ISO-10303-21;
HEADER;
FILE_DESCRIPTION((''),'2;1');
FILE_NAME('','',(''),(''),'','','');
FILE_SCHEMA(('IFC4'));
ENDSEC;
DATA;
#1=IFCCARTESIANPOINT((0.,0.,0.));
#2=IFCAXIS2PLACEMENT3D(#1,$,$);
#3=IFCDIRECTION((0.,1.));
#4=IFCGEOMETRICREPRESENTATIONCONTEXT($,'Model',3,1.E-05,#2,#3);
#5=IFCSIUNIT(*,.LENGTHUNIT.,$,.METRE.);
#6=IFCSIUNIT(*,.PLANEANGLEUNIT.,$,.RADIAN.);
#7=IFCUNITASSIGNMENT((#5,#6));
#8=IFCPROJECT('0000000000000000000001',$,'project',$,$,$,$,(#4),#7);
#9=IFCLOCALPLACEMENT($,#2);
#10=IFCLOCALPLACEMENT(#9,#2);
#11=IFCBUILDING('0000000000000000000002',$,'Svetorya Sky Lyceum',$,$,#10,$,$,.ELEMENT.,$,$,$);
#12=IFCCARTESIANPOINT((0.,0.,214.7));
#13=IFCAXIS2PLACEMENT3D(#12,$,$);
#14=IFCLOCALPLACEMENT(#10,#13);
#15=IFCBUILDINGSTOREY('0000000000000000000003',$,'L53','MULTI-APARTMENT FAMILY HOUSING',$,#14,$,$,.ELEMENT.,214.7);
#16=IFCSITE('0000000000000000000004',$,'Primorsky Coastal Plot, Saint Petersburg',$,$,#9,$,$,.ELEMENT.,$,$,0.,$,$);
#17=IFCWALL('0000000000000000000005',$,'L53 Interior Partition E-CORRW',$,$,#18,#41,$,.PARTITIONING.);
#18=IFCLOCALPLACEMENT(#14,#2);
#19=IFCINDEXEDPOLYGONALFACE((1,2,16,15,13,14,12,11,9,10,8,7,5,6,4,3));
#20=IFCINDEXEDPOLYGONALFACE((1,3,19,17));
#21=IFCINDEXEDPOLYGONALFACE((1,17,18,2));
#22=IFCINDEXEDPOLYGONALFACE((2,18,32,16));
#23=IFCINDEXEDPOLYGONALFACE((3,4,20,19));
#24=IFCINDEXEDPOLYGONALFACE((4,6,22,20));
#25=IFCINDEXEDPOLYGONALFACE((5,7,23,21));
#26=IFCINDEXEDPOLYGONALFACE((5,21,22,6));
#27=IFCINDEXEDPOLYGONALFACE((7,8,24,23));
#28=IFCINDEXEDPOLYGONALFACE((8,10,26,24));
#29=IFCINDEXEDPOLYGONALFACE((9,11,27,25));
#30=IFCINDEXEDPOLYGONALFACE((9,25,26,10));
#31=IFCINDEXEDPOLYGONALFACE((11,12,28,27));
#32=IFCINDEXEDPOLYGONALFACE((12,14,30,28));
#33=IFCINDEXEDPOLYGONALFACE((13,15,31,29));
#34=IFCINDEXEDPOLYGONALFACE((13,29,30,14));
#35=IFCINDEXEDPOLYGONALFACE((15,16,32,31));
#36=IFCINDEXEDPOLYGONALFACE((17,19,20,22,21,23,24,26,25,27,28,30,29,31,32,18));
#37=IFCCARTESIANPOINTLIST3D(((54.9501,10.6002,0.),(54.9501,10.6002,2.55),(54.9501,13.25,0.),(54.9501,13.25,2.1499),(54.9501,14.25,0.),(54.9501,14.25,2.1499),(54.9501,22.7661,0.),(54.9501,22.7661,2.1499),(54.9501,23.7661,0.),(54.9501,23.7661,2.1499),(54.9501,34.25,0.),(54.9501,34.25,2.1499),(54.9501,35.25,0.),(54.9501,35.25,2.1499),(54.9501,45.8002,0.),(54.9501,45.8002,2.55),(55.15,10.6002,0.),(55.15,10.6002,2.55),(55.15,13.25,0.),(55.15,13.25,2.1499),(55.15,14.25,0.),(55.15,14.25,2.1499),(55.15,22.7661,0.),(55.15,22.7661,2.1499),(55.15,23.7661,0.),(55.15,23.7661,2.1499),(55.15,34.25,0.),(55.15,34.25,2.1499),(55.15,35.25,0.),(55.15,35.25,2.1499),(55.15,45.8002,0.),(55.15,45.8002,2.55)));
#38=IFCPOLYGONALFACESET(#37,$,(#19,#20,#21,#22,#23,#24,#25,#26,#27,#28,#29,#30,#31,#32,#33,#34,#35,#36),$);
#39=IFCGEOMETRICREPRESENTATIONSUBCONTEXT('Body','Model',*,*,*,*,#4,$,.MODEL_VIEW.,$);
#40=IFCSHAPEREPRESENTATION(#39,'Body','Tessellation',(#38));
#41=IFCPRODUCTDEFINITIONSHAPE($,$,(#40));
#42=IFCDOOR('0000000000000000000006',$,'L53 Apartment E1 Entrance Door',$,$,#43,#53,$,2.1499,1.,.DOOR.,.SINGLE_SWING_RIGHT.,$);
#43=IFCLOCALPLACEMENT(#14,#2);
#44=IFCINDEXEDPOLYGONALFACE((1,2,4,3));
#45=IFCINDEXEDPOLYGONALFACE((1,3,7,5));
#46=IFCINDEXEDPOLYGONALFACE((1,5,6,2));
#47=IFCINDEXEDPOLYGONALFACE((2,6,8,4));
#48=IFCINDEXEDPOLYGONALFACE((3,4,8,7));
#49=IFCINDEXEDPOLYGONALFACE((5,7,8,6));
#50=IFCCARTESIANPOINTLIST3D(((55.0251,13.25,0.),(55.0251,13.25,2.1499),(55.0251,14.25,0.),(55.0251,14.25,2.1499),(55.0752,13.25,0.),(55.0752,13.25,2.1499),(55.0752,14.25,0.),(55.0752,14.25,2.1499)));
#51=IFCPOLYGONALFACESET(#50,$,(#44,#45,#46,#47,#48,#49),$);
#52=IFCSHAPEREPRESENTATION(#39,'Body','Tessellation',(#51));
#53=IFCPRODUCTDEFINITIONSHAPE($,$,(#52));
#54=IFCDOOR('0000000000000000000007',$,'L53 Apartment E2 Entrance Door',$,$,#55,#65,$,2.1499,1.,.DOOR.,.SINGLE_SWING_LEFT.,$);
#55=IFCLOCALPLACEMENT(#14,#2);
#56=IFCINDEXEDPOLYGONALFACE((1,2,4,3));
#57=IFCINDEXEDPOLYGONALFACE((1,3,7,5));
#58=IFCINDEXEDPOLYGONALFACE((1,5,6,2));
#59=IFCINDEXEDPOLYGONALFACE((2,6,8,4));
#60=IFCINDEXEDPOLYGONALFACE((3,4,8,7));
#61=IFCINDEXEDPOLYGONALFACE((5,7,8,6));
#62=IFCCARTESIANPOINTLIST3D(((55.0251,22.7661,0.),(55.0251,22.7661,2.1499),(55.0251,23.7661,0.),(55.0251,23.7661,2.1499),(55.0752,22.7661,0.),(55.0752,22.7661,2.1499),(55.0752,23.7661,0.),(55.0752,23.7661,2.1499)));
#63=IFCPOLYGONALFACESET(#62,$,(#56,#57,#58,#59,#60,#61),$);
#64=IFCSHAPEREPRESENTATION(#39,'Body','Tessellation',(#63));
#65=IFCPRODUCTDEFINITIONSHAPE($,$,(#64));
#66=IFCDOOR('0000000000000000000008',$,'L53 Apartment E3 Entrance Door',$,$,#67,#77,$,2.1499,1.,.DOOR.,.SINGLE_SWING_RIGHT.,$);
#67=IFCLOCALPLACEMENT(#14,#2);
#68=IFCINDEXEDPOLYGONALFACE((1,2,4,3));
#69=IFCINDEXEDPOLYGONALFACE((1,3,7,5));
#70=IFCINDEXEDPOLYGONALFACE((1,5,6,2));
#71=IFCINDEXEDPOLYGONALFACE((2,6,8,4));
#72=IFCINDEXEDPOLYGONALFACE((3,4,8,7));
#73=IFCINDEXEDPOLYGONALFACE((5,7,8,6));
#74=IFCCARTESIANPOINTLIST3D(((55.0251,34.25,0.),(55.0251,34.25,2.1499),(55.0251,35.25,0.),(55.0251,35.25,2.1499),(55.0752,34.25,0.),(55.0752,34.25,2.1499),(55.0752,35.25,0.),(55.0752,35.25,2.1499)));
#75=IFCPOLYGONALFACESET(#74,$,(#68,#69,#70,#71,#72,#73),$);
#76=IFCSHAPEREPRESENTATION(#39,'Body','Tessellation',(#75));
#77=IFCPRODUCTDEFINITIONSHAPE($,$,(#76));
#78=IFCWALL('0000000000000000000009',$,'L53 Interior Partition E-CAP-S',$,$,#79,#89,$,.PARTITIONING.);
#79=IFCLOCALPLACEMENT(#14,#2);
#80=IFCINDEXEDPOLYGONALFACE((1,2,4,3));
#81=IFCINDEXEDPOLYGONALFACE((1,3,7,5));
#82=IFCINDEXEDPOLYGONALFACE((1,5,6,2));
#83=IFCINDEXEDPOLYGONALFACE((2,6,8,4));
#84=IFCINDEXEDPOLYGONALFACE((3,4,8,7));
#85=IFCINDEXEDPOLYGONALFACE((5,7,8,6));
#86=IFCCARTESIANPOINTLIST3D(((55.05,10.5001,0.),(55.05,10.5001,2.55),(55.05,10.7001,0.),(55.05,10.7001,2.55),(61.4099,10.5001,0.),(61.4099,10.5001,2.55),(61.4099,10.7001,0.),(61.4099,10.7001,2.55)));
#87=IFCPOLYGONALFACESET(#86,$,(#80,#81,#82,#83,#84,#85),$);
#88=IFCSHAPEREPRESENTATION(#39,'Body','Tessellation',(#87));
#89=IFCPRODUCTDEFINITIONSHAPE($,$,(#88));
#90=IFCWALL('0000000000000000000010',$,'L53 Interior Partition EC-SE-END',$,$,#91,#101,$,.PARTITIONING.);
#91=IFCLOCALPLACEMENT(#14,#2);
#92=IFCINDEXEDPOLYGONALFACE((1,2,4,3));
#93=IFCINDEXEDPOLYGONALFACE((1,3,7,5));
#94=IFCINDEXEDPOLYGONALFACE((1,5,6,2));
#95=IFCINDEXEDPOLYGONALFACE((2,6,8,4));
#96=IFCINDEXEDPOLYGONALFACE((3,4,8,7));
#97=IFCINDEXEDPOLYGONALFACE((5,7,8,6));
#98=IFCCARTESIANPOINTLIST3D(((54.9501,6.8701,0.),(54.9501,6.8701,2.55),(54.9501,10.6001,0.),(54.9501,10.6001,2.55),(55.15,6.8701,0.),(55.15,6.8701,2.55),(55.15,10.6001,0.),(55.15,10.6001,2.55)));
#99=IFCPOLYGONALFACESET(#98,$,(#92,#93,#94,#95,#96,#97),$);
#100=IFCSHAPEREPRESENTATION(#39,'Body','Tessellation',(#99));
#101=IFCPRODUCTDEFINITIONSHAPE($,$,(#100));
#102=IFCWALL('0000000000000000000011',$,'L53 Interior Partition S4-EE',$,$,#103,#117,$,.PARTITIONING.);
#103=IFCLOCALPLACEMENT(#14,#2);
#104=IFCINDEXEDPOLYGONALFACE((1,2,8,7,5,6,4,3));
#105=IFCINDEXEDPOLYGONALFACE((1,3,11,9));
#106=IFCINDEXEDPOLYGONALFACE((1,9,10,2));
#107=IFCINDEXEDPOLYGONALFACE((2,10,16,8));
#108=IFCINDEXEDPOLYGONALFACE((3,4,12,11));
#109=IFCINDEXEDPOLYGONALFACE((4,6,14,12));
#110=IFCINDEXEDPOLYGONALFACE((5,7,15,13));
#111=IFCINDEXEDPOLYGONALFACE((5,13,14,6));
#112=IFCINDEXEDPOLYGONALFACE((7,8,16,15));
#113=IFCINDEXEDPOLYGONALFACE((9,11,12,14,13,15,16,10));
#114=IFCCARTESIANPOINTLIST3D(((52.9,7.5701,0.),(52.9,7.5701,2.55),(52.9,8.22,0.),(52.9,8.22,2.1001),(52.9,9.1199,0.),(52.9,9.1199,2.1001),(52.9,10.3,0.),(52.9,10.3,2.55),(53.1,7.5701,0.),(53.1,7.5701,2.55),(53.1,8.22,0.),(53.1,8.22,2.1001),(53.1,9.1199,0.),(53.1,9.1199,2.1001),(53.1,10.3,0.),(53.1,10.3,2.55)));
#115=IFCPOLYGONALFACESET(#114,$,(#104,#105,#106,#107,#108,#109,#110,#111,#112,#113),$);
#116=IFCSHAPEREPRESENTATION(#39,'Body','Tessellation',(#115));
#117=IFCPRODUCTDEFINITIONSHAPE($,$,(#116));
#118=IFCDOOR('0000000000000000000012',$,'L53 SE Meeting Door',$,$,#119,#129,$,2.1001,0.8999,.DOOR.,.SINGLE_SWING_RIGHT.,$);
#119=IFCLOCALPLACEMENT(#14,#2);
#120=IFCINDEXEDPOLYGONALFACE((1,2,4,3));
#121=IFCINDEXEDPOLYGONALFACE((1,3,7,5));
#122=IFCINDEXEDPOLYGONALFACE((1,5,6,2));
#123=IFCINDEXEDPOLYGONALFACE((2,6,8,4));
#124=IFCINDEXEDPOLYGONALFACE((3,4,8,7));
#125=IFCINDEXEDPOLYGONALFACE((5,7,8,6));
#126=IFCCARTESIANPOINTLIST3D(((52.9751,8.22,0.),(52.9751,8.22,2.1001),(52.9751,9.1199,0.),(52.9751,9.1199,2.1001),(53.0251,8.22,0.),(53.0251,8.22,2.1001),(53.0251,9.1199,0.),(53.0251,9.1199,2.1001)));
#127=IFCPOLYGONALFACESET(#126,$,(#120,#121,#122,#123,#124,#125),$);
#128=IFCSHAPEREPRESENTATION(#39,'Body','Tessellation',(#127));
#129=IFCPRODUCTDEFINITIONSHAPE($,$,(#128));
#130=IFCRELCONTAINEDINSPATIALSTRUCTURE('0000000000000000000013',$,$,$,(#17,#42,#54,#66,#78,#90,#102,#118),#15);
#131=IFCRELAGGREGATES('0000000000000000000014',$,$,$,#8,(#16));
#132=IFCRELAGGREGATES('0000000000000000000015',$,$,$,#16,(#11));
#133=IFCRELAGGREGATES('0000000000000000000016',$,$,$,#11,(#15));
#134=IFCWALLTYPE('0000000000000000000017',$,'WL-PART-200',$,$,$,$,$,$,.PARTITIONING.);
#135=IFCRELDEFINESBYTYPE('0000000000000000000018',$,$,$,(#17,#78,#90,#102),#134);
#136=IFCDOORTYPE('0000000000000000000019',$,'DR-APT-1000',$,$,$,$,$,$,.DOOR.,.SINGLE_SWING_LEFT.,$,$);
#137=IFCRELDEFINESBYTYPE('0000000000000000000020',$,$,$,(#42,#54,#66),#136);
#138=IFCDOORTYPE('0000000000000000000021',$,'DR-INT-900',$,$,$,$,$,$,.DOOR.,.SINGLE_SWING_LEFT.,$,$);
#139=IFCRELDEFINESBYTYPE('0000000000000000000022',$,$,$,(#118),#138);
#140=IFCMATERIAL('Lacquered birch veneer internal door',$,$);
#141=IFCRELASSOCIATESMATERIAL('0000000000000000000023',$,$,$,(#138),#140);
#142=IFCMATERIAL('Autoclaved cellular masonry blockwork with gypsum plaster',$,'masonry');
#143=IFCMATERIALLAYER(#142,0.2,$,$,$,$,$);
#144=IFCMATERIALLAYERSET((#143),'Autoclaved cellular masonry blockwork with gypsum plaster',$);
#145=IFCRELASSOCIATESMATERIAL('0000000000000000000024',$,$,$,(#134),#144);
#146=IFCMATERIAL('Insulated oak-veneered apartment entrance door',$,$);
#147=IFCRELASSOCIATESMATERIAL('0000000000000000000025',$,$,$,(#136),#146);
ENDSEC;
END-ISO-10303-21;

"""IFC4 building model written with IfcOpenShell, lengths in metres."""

from ifc_helpers import new_model, si_unit, direction, frame, frame_2d, origin, place, context, subcontext, project, spatial, rectangle, extrude, material, layer, layer_set, type_object, element, fill, save


model = new_model("IFC4")

# Units and contexts
model_context = context("Model", 3, precision=1e-05, world=origin(), true_north=direction((0.0, 1.0)))
body_context = subcontext(model_context, "Body", "Model", "MODEL_VIEW")
ifc_project = project(units=[si_unit("LENGTHUNIT", "METRE"), si_unit("PLANEANGLEUNIT", "RADIAN")], contexts=[model_context])

# Site, building, storey
site_placement = place(None, origin())
site = spatial("IfcSite", under=ifc_project, at=site_placement, Name="Primorsky Coastal Plot, Saint Petersburg", CompositionType="ELEMENT", RefElevation=0.0)
building_placement = place(site_placement, origin())
building = spatial("IfcBuilding", under=site, at=building_placement, Name="Svetorya Sky Lyceum", CompositionType="ELEMENT")
storey_placement = place(building_placement, frame((0.0, 0.0, 214.7)))
storey = spatial("IfcBuildingStorey", under=building, at=storey_placement, Name="L53", Description="MULTI-APARTMENT FAMILY HOUSING", CompositionType="ELEMENT", Elevation=214.7)

# Shared definitions
ifc_material_1 = material(Name="Lacquered birch veneer internal door")
door_type_1 = type_object("IfcDoorType", Name="DR-INT-900", OperationType="SINGLE_SWING_LEFT", PredefinedType="DOOR", material=ifc_material_1)

# Wall, openings, doors
ifc_material_2 = material(Name="Autoclaved cellular masonry blockwork with gypsum plaster", Category="masonry")
ifc_layer_1 = layer(ifc_material_2, 0.2)
ifc_layer_set_1 = layer_set([ifc_layer_1], Name="Autoclaved cellular masonry blockwork with gypsum plaster")
wall_type_1 = type_object("IfcWallType", Name="WL-PART-200", PredefinedType="PARTITIONING", material=ifc_layer_set_1)
wall_1_placement = place(storey_placement, frame((55.05, 10.6001, 0.0), z_axis=(0.0, 0.0, 1.0), x_axis=(0.0, 1.0, 0.0)))
wall_1 = element("IfcWall", 1, at=wall_1_placement, inside=storey, type_object=wall_type_1, Name="L53 Interior Partition E-CORRW", PredefinedType="PARTITIONING", context=body_context, shape_type="SweptSolid", body=[
    extrude(rectangle(XDim=35.2, YDim=0.2, at=frame_2d((17.6001, 0.0))), origin(), (0.0, 0.0, 1.0), 2.55),
])
opening_1_placement = place(wall_1_placement, frame((2.6499, 0.0, 0.0)))
opening_1 = element("IfcOpeningElement", 2, at=opening_1_placement, cuts=wall_1, PredefinedType="OPENING", context=body_context, shape_type="SweptSolid", body=[
    extrude(rectangle(XDim=1.0, YDim=2.1499, at=frame_2d((0.5, 1.075))), frame((0.0, 0.1099, 0.0), z_axis=(0.0, -1.0, 0.0), x_axis=(1.0, 0.0, 0.0)), (0.0, 0.0, 1.0), 0.22),
])
opening_2_placement = place(wall_1_placement, frame((12.166, 0.0, 0.0)))
opening_2 = element("IfcOpeningElement", 3, at=opening_2_placement, cuts=wall_1, PredefinedType="OPENING", context=body_context, shape_type="SweptSolid", body=[
    extrude(rectangle(XDim=1.0, YDim=2.1499, at=frame_2d((0.5, 1.075))), frame((0.0, 0.1099, 0.0), z_axis=(0.0, -1.0, 0.0), x_axis=(1.0, 0.0, 0.0)), (0.0, 0.0, 1.0), 0.22),
])
opening_3_placement = place(wall_1_placement, frame((23.6499, 0.0, 0.0)))
opening_3 = element("IfcOpeningElement", 4, at=opening_3_placement, cuts=wall_1, PredefinedType="OPENING", context=body_context, shape_type="SweptSolid", body=[
    extrude(rectangle(XDim=1.0, YDim=2.1499, at=frame_2d((0.5, 1.075))), frame((0.0, 0.1099, 0.0), z_axis=(0.0, -1.0, 0.0), x_axis=(1.0, 0.0, 0.0)), (0.0, 0.0, 1.0), 0.22),
])
ifc_material_3 = material(Name="Insulated oak-veneered apartment entrance door")
door_type_2 = type_object("IfcDoorType", Name="DR-APT-1000", OperationType="SINGLE_SWING_LEFT", PredefinedType="DOOR", material=ifc_material_3)
door_1_placement = place(opening_1_placement, origin())
door_1 = element("IfcDoor", 5, at=door_1_placement, inside=storey, type_object=door_type_2, Name="L53 Apartment E1 Entrance Door", OperationType="SINGLE_SWING_RIGHT", OverallHeight=2.1499, OverallWidth=1.0, PredefinedType="DOOR", context=body_context, shape_type="SweptSolid", body=[
    extrude(rectangle(XDim=1.0, YDim=2.1499, at=frame_2d((0.5, 1.075))), frame((0.0, 0.0249, 0.0), z_axis=(0.0, -1.0, 0.0), x_axis=(1.0, 0.0, 0.0)), (0.0, 0.0, 1.0), 0.05),
])
fill(opening_1, door_1)
door_2_placement = place(opening_2_placement, origin())
door_2 = element("IfcDoor", 6, at=door_2_placement, inside=storey, type_object=door_type_2, Name="L53 Apartment E2 Entrance Door", OperationType="SINGLE_SWING_LEFT", OverallHeight=2.1499, OverallWidth=1.0, PredefinedType="DOOR", context=body_context, shape_type="SweptSolid", body=[
    extrude(rectangle(XDim=1.0, YDim=2.1499, at=frame_2d((0.5, 1.075))), frame((0.0, 0.0249, 0.0), z_axis=(0.0, -1.0, 0.0), x_axis=(1.0, 0.0, 0.0)), (0.0, 0.0, 1.0), 0.05),
])
fill(opening_2, door_2)
door_3_placement = place(opening_3_placement, origin())
door_3 = element("IfcDoor", 7, at=door_3_placement, inside=storey, type_object=door_type_2, Name="L53 Apartment E3 Entrance Door", OperationType="SINGLE_SWING_RIGHT", OverallHeight=2.1499, OverallWidth=1.0, PredefinedType="DOOR", context=body_context, shape_type="SweptSolid", body=[
    extrude(rectangle(XDim=1.0, YDim=2.1499, at=frame_2d((0.5, 1.075))), frame((0.0, 0.0249, 0.0), z_axis=(0.0, -1.0, 0.0), x_axis=(1.0, 0.0, 0.0)), (0.0, 0.0, 1.0), 0.05),
])
fill(opening_3, door_3)

# Walls
wall_2_placement = place(storey_placement, frame((55.05, 10.6001, 0.0), z_axis=(0.0, 0.0, 1.0), x_axis=(1.0, 0.0, 0.0)))
element("IfcWall", 8, at=wall_2_placement, inside=storey, type_object=wall_type_1, Name="L53 Interior Partition E-CAP-S", PredefinedType="PARTITIONING", context=body_context, shape_type="SweptSolid", body=[
    extrude(rectangle(XDim=6.3599, YDim=0.2, at=frame_2d((3.1799, 0.0))), origin(), (0.0, 0.0, 1.0), 2.55),
])
wall_3_placement = place(storey_placement, frame((55.05, 6.8701, 0.0), z_axis=(0.0, 0.0, 1.0), x_axis=(0.0, 1.0, 0.0)))
element("IfcWall", 9, at=wall_3_placement, inside=storey, type_object=wall_type_1, Name="L53 Interior Partition EC-SE-END", PredefinedType="PARTITIONING", context=body_context, shape_type="SweptSolid", body=[
    extrude(rectangle(XDim=3.73, YDim=0.2, at=frame_2d((1.865, 0.0))), origin(), (0.0, 0.0, 1.0), 2.55),
])

# Wall, opening, door
wall_4_placement = place(storey_placement, frame((53.0, 7.5701, 0.0), z_axis=(0.0, 0.0, 1.0), x_axis=(0.0, 1.0, 0.0)))
wall_4 = element("IfcWall", 10, at=wall_4_placement, inside=storey, type_object=wall_type_1, Name="L53 Interior Partition S4-EE", PredefinedType="PARTITIONING", context=body_context, shape_type="SweptSolid", body=[
    extrude(rectangle(XDim=2.73, YDim=0.2, at=frame_2d((1.365, 0.0))), origin(), (0.0, 0.0, 1.0), 2.55),
])
opening_4_placement = place(wall_4_placement, frame((0.6499, 0.0, 0.0)))
opening_4 = element("IfcOpeningElement", 11, at=opening_4_placement, cuts=wall_4, PredefinedType="OPENING", context=body_context, shape_type="SweptSolid", body=[
    extrude(rectangle(XDim=0.8999, YDim=2.1001, at=frame_2d((0.45, 1.05))), frame((0.0, 0.1099, 0.0), z_axis=(0.0, -1.0, 0.0), x_axis=(1.0, 0.0, 0.0)), (0.0, 0.0, 1.0), 0.22),
])
door_4_placement = place(opening_4_placement, origin())
door_4 = element("IfcDoor", 12, at=door_4_placement, inside=storey, type_object=door_type_1, Name="L53 SE Meeting Door", OperationType="SINGLE_SWING_RIGHT", OverallHeight=2.1001, OverallWidth=0.8999, PredefinedType="DOOR", context=body_context, shape_type="SweptSolid", body=[
    extrude(rectangle(XDim=0.8999, YDim=2.1001, at=frame_2d((0.45, 1.05))), frame((0.0, 0.0249, 0.0), z_axis=(0.0, -1.0, 0.0), x_axis=(1.0, 0.0, 0.0)), (0.0, 0.0, 1.0), 0.05),
])
fill(opening_4, door_4)

save(model, "model.ifc")
